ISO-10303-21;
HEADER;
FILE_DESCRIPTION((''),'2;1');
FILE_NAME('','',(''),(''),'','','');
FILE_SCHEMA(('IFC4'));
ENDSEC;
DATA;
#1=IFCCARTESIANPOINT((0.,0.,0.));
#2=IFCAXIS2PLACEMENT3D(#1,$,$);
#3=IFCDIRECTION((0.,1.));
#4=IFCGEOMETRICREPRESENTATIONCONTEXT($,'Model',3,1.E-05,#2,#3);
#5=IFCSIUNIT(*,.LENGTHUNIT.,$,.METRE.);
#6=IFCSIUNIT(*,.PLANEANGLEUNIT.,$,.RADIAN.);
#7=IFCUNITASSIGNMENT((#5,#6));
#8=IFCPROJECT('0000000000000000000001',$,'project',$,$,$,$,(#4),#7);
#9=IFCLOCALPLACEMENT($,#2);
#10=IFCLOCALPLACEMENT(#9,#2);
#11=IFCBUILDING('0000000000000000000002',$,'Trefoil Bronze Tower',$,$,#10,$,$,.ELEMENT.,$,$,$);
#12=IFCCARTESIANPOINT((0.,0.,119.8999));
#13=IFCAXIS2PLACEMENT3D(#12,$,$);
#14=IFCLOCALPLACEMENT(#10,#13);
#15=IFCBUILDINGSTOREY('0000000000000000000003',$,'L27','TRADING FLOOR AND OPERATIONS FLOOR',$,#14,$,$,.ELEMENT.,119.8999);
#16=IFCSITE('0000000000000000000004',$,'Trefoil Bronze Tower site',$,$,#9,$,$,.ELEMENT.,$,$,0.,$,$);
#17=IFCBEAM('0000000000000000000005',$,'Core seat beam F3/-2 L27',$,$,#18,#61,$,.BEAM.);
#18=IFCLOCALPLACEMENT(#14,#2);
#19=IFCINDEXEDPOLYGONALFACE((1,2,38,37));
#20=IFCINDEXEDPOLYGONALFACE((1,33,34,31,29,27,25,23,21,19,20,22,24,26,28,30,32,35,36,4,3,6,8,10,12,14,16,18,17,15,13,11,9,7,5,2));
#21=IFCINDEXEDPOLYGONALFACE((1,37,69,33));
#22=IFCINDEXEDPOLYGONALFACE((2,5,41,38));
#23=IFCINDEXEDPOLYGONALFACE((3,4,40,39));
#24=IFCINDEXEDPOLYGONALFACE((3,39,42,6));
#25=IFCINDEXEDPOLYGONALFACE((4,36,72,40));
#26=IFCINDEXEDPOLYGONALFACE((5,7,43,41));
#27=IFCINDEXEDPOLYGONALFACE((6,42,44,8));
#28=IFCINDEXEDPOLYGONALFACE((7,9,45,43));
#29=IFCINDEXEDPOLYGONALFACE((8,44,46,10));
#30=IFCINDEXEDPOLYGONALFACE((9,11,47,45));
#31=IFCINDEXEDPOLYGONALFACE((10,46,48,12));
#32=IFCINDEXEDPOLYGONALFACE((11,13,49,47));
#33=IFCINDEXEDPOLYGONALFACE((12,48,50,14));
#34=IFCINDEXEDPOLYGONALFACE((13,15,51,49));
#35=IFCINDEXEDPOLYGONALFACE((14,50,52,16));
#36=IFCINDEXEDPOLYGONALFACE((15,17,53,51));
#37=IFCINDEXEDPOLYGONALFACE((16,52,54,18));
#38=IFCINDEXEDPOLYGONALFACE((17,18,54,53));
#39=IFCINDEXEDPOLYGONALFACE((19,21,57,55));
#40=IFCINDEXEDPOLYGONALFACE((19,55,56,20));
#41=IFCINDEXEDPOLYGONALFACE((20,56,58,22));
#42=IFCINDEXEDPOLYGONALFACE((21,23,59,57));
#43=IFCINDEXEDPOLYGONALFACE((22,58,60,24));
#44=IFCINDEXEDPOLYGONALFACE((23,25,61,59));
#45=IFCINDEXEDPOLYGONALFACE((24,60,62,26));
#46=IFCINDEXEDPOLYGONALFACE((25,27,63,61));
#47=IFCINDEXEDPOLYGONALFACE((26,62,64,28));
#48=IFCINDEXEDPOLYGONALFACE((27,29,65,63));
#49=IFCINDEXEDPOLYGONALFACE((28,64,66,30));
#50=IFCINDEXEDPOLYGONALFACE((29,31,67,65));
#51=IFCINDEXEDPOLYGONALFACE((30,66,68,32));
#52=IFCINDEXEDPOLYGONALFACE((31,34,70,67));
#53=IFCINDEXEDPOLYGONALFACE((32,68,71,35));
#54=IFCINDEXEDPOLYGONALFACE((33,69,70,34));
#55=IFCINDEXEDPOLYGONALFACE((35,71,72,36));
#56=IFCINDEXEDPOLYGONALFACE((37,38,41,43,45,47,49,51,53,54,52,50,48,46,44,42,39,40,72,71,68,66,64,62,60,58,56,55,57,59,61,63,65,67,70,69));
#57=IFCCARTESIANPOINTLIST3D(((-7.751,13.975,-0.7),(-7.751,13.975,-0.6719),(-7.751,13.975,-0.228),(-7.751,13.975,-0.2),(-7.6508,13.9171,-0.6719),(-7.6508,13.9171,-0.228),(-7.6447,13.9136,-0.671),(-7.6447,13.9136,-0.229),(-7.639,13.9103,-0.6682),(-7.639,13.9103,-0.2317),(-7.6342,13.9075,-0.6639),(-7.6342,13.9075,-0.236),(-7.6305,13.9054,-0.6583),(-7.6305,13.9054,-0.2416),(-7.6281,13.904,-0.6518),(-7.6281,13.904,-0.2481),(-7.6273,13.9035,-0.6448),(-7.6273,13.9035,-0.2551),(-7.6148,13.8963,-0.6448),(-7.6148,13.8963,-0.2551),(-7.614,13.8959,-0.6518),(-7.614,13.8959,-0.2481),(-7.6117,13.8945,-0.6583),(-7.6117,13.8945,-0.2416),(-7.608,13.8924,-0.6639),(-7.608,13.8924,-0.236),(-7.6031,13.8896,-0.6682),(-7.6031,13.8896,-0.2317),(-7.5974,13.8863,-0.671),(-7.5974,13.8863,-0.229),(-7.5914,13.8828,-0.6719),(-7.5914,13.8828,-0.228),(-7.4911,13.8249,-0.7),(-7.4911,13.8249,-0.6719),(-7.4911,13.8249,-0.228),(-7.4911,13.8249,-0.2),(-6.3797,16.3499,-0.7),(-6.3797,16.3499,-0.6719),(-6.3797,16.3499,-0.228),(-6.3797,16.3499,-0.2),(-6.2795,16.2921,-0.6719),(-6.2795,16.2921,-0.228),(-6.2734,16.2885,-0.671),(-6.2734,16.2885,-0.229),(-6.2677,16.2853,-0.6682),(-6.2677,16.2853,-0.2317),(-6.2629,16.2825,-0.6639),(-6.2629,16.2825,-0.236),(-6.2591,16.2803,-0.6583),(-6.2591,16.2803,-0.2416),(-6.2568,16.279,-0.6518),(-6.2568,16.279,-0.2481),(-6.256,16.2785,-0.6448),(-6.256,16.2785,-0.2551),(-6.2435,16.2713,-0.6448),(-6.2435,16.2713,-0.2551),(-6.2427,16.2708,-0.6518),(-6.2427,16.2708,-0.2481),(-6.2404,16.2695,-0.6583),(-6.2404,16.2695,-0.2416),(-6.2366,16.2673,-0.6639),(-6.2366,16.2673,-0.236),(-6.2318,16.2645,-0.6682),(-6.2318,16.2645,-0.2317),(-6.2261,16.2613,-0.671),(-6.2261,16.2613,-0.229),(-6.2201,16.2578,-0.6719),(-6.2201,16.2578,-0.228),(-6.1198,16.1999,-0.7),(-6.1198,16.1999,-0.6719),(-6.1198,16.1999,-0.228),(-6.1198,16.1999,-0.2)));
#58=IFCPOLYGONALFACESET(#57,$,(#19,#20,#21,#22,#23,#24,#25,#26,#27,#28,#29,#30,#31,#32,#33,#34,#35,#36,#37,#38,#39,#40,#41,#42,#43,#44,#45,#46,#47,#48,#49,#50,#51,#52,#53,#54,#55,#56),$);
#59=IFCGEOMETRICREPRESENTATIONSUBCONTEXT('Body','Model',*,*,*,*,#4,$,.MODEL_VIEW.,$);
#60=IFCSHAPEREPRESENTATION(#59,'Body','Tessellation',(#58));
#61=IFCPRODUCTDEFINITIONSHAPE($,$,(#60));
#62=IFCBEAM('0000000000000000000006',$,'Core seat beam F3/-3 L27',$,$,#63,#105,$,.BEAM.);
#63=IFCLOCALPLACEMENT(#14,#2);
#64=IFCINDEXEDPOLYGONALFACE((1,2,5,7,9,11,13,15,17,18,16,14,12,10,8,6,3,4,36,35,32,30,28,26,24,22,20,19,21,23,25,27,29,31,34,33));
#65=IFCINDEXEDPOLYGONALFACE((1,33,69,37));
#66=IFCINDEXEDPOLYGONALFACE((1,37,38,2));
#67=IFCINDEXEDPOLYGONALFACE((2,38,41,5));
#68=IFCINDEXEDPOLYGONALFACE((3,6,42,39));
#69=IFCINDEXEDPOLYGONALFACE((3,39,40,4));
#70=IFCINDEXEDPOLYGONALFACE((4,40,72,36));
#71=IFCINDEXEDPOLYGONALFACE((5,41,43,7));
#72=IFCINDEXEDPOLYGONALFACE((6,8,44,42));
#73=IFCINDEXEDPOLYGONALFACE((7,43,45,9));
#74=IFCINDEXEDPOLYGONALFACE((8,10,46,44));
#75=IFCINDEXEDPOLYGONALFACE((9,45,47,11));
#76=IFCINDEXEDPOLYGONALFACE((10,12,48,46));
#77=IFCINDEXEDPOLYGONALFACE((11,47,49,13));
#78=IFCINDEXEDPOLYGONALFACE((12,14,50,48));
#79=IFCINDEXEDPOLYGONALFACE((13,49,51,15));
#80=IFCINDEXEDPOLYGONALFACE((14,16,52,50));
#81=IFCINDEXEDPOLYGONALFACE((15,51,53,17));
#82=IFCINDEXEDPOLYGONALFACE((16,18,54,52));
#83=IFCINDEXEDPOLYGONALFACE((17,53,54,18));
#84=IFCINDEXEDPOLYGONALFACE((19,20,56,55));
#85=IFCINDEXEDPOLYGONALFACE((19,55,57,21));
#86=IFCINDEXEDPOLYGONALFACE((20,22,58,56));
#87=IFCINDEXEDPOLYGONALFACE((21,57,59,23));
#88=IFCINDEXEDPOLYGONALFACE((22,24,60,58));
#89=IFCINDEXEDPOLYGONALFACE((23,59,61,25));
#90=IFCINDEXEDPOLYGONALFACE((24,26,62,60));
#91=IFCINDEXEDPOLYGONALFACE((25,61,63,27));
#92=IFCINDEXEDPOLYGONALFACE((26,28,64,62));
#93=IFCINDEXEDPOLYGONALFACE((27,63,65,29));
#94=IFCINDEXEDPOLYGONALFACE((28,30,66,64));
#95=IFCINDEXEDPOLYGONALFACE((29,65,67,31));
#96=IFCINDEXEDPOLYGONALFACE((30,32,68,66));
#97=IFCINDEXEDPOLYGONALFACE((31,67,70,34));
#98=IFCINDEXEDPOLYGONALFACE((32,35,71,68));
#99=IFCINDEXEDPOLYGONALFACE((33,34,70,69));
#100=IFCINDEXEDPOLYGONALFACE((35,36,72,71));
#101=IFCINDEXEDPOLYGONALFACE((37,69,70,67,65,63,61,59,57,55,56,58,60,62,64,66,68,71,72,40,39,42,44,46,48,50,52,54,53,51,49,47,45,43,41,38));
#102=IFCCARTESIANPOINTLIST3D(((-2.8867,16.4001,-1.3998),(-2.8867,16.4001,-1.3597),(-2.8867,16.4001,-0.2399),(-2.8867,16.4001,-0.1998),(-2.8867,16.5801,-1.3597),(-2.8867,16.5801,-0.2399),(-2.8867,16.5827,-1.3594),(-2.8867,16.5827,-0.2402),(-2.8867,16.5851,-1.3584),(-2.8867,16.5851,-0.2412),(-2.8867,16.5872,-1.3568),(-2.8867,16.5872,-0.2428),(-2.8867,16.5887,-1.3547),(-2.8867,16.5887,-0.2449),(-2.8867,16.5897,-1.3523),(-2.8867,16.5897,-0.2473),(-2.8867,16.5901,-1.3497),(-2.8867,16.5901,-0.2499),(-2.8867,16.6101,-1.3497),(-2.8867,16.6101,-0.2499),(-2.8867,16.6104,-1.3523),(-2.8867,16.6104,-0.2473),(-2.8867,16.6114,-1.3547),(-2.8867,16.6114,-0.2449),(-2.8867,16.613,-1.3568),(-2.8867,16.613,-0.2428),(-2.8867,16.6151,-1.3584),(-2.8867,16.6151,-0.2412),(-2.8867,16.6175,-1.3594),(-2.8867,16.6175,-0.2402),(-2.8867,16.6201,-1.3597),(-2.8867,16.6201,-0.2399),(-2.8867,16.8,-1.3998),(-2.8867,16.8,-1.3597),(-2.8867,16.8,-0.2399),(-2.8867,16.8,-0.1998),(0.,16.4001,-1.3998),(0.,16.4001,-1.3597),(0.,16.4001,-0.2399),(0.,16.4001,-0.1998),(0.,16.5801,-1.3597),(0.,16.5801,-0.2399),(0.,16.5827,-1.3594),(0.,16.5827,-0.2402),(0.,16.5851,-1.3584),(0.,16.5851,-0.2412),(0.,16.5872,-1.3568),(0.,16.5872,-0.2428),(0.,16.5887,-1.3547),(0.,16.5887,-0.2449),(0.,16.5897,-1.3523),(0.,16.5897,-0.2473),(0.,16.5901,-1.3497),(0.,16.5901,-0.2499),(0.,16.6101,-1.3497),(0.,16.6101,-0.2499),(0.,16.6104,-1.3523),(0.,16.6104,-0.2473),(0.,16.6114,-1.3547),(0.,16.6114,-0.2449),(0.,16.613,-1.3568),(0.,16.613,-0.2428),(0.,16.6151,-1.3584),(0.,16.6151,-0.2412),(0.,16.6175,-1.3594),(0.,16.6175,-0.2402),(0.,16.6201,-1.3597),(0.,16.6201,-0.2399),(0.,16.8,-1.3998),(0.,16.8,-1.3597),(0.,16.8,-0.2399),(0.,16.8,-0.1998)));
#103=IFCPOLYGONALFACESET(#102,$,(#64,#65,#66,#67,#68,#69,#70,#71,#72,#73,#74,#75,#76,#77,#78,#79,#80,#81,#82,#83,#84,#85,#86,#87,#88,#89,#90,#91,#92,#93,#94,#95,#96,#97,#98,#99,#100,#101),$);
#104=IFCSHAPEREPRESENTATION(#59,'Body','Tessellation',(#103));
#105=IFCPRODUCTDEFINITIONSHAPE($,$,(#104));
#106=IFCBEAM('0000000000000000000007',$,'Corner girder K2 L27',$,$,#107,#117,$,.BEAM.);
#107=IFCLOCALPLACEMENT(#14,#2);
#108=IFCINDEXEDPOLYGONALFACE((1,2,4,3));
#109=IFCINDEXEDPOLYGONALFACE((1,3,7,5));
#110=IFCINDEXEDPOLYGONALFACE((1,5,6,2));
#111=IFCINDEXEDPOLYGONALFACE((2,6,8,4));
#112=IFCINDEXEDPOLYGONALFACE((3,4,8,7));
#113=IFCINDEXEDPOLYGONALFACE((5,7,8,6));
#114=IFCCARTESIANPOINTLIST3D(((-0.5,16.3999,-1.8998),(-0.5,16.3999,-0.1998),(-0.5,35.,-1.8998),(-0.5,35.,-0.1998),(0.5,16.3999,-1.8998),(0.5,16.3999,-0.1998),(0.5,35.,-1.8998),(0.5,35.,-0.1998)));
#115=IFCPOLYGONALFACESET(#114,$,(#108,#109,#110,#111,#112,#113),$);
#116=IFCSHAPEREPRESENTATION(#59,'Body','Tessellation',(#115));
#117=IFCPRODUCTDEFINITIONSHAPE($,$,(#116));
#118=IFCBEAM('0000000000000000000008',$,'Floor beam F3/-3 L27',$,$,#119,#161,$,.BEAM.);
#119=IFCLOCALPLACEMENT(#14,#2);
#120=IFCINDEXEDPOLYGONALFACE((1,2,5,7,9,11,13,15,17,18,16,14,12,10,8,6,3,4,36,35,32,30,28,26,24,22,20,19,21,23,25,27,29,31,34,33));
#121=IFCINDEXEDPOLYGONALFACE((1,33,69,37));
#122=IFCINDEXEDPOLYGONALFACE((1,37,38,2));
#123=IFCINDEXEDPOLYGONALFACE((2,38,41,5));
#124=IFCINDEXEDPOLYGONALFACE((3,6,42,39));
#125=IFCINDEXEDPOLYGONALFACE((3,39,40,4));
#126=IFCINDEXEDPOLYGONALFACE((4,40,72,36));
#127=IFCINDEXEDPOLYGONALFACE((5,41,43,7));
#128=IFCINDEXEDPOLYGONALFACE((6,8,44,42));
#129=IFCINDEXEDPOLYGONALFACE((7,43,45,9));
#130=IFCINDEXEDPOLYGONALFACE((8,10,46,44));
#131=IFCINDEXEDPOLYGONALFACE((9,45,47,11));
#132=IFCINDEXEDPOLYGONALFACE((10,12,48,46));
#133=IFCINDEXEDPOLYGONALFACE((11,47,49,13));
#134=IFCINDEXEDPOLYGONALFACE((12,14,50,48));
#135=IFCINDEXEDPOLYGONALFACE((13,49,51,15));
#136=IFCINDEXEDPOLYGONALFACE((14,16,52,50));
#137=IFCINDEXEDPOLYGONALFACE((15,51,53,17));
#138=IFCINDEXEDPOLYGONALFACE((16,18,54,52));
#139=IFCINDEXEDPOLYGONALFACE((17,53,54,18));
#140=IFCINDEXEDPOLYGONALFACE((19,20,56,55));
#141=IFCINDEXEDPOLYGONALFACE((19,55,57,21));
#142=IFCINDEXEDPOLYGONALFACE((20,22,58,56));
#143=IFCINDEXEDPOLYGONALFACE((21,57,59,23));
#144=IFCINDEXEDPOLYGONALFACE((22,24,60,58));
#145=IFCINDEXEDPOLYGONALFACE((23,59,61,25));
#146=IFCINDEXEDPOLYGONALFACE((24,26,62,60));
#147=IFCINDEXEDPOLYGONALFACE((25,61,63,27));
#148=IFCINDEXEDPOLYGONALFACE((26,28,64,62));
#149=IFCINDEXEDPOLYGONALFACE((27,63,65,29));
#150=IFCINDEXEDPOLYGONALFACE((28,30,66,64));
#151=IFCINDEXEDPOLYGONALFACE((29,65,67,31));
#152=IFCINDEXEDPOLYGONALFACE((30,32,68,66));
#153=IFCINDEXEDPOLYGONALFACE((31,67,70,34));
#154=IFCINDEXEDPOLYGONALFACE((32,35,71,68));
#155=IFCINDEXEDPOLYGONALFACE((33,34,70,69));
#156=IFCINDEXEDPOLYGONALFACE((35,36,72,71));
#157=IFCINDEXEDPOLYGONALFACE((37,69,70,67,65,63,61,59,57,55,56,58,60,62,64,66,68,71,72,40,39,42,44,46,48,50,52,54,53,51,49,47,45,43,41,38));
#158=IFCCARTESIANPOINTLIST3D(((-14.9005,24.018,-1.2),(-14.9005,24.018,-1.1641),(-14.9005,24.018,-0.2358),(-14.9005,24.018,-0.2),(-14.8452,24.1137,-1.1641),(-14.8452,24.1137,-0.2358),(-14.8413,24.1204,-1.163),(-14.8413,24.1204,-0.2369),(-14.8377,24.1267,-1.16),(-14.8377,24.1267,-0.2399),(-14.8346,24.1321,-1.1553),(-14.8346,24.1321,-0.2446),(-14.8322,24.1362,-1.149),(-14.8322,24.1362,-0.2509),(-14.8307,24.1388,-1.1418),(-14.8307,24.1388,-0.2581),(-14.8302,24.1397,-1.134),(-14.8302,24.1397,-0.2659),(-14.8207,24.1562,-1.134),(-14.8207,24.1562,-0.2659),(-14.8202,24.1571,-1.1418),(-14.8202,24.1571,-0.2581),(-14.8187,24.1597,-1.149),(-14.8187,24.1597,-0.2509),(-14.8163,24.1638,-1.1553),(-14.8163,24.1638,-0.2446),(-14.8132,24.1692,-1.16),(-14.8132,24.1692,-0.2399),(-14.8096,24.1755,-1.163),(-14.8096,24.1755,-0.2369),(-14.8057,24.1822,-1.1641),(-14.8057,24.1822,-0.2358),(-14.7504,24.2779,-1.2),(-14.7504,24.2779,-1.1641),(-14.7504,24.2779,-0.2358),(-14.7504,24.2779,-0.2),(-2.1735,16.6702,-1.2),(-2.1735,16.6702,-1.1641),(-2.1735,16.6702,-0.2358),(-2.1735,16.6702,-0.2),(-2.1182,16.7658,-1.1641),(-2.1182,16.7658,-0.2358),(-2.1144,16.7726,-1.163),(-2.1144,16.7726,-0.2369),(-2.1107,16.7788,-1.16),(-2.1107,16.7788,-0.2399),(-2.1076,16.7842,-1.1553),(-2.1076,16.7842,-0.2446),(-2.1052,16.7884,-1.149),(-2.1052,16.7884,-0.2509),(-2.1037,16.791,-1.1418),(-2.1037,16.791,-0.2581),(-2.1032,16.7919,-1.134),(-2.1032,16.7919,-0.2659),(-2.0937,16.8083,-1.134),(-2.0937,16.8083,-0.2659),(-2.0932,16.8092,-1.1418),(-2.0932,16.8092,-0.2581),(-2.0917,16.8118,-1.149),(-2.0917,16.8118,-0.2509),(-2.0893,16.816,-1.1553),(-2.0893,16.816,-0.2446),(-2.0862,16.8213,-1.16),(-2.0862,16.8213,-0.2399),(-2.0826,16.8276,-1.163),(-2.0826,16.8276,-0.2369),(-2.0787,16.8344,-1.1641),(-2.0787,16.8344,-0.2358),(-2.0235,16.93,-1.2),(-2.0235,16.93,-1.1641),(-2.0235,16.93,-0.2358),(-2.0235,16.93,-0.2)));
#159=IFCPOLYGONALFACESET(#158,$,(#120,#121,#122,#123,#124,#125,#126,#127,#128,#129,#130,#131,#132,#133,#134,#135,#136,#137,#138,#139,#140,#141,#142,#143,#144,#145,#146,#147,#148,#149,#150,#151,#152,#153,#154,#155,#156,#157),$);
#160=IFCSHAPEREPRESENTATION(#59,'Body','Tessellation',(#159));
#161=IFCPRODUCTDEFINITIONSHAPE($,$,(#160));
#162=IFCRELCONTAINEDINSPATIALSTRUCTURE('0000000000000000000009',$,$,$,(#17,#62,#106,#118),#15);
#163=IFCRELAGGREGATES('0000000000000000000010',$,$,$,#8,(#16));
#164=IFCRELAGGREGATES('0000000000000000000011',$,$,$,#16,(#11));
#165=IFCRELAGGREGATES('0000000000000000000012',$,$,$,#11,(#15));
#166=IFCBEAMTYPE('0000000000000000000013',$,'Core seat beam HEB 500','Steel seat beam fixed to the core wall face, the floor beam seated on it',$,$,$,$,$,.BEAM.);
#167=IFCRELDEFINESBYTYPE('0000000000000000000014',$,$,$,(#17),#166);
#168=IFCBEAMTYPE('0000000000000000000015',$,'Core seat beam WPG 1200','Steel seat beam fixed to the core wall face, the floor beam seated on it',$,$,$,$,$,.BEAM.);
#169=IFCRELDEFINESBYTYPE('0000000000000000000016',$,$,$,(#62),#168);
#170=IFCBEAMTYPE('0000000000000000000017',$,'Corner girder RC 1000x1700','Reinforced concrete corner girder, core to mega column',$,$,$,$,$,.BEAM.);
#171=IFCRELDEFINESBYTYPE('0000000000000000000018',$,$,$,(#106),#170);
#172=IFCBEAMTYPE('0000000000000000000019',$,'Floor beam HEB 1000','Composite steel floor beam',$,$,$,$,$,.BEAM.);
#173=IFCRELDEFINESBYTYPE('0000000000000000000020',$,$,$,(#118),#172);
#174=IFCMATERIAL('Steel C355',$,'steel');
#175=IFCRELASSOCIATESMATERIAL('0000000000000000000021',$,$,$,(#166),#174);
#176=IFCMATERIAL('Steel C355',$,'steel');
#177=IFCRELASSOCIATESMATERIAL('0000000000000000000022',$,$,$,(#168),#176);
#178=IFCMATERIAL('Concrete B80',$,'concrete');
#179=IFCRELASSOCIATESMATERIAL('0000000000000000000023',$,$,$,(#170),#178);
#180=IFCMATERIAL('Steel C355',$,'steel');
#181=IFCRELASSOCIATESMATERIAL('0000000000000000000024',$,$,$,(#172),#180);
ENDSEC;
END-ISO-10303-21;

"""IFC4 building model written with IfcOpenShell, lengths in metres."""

from ifc_helpers import new_model, si_unit, direction, frame, origin, origin_2d, place, context, subcontext, project, spatial, rectangle, i_section, extrude, material, material_profile, profile_set, type_object, element, save


model = new_model("IFC4")

# Units and contexts
model_context = context("Model", 3, precision=1e-05, world=origin(), true_north=direction((0.0, 1.0)))
body_context = subcontext(model_context, "Body", "Model", "MODEL_VIEW")
ifc_project = project(units=[si_unit("LENGTHUNIT", "METRE"), si_unit("PLANEANGLEUNIT", "RADIAN")], contexts=[model_context])

# Site, building, storey
site_placement = place(None, origin())
site = spatial("IfcSite", under=ifc_project, at=site_placement, Name="Trefoil Bronze Tower site", CompositionType="ELEMENT", RefElevation=0.0)
building_placement = place(site_placement, origin())
building = spatial("IfcBuilding", under=site, at=building_placement, Name="Trefoil Bronze Tower", CompositionType="ELEMENT")
storey_placement = place(building_placement, frame((0.0, 0.0, 119.8999)))
storey = spatial("IfcBuildingStorey", under=building, at=storey_placement, Name="L27", Description="TRADING FLOOR AND OPERATIONS FLOOR", CompositionType="ELEMENT", Elevation=119.8999)

# Beams
ifc_material_1 = material(Name="Steel C355", Category="steel")
ifc_material_profile_1 = material_profile(ifc_material_1, i_section(OverallWidth=0.3, OverallDepth=0.5, WebThickness=0.0144, FlangeThickness=0.0281, FilletRadius=0.0271, at=origin_2d()), Name="HEB 500")
ifc_profile_set_1 = profile_set([ifc_material_profile_1], Name="Steel C355")
beam_type_1 = type_object("IfcBeamType", Name="Core seat beam HEB 500", Description="Steel seat beam fixed to the core wall face, the floor beam seated on it", PredefinedType="BEAM", material=ifc_profile_set_1)
beam_1_placement = place(storey_placement, frame((-6.2498, 16.2749, -0.45), z_axis=(-0.500036, -0.866005, 0.0), x_axis=(0.866005, -0.500036, 0.0)))
element("IfcBeam", 1, at=beam_1_placement, inside=storey, type_object=beam_type_1, Name="Core seat beam F3/-2 L27", PredefinedType="BEAM", context=body_context, shape_type="SweptSolid", body=[
    extrude(i_section(OverallWidth=0.3, OverallDepth=0.5, WebThickness=0.0144, FlangeThickness=0.0281, FilletRadius=0.0271, at=origin_2d()), origin(), (0.0, 0.0, 1.0), 2.7424),
])
ifc_material_2 = material(Name="Steel C355", Category="steel")
ifc_material_profile_2 = material_profile(ifc_material_2, i_section(OverallWidth=0.3999, OverallDepth=1.2, WebThickness=0.02, FlangeThickness=0.04, FilletRadius=0.01, at=origin_2d()), Name="WPG 1200")
ifc_profile_set_2 = profile_set([ifc_material_profile_2], Name="Steel C355")
beam_type_2 = type_object("IfcBeamType", Name="Core seat beam WPG 1200", Description="Steel seat beam fixed to the core wall face, the floor beam seated on it", PredefinedType="BEAM", material=ifc_profile_set_2)
beam_2_placement = place(storey_placement, frame((0.0, 16.6001, -0.7998), z_axis=(-1.0, 0.0, 0.0), x_axis=(0.0, -1.0, 0.0)))
element("IfcBeam", 2, at=beam_2_placement, inside=storey, type_object=beam_type_2, Name="Core seat beam F3/-3 L27", PredefinedType="BEAM", context=body_context, shape_type="SweptSolid", body=[
    extrude(i_section(OverallWidth=0.3999, OverallDepth=1.2, WebThickness=0.02, FlangeThickness=0.04, FilletRadius=0.01, at=origin_2d()), origin(), (0.0, 0.0, 1.0), 2.8867),
])
ifc_material_3 = material(Name="Concrete B80", Category="concrete")
ifc_material_profile_3 = material_profile(ifc_material_3, rectangle(XDim=1.0, YDim=1.7, at=origin_2d()), Name="RC 1000x1700")
ifc_profile_set_3 = profile_set([ifc_material_profile_3], Name="Concrete B80")
beam_type_3 = type_object("IfcBeamType", Name="Corner girder RC 1000x1700", Description="Reinforced concrete corner girder, core to mega column", PredefinedType="BEAM", material=ifc_profile_set_3)
beam_3_placement = place(storey_placement, frame((0.0, 16.3999, -1.0498), z_axis=(0.0, 1.0, 0.0), x_axis=(-1.0, 0.0, 0.0)))
element("IfcBeam", 3, at=beam_3_placement, inside=storey, type_object=beam_type_3, Name="Corner girder K2 L27", PredefinedType="BEAM", context=body_context, shape_type="SweptSolid", body=[
    extrude(rectangle(XDim=1.0, YDim=1.7, at=origin_2d()), origin(), (0.0, 0.0, 1.0), 18.6001),
])
ifc_material_4 = material(Name="Steel C355", Category="steel")
ifc_material_profile_4 = material_profile(ifc_material_4, i_section(OverallWidth=0.3, OverallDepth=1.0, WebThickness=0.019, FlangeThickness=0.0359, FilletRadius=0.03, at=origin_2d()), Name="HEB 1000")
ifc_profile_set_4 = profile_set([ifc_material_profile_4], Name="Steel C355")
beam_type_4 = type_object("IfcBeamType", Name="Floor beam HEB 1000", Description="Composite steel floor beam", PredefinedType="BEAM", material=ifc_profile_set_4)
beam_4_placement = place(storey_placement, frame((-14.8254, 24.1479, -0.7), z_axis=(0.866027, -0.499997, 0.0), x_axis=(0.499997, 0.866027, 0.0)))
element("IfcBeam", 4, at=beam_4_placement, inside=storey, type_object=beam_type_4, Name="Floor beam F3/-3 L27", PredefinedType="BEAM", context=body_context, shape_type="SweptSolid", body=[
    extrude(i_section(OverallWidth=0.3, OverallDepth=1.0, WebThickness=0.019, FlangeThickness=0.0359, FilletRadius=0.03, at=origin_2d()), origin(), (0.0, 0.0, 1.0), 14.6958),
])

save(model, "model.ifc")
